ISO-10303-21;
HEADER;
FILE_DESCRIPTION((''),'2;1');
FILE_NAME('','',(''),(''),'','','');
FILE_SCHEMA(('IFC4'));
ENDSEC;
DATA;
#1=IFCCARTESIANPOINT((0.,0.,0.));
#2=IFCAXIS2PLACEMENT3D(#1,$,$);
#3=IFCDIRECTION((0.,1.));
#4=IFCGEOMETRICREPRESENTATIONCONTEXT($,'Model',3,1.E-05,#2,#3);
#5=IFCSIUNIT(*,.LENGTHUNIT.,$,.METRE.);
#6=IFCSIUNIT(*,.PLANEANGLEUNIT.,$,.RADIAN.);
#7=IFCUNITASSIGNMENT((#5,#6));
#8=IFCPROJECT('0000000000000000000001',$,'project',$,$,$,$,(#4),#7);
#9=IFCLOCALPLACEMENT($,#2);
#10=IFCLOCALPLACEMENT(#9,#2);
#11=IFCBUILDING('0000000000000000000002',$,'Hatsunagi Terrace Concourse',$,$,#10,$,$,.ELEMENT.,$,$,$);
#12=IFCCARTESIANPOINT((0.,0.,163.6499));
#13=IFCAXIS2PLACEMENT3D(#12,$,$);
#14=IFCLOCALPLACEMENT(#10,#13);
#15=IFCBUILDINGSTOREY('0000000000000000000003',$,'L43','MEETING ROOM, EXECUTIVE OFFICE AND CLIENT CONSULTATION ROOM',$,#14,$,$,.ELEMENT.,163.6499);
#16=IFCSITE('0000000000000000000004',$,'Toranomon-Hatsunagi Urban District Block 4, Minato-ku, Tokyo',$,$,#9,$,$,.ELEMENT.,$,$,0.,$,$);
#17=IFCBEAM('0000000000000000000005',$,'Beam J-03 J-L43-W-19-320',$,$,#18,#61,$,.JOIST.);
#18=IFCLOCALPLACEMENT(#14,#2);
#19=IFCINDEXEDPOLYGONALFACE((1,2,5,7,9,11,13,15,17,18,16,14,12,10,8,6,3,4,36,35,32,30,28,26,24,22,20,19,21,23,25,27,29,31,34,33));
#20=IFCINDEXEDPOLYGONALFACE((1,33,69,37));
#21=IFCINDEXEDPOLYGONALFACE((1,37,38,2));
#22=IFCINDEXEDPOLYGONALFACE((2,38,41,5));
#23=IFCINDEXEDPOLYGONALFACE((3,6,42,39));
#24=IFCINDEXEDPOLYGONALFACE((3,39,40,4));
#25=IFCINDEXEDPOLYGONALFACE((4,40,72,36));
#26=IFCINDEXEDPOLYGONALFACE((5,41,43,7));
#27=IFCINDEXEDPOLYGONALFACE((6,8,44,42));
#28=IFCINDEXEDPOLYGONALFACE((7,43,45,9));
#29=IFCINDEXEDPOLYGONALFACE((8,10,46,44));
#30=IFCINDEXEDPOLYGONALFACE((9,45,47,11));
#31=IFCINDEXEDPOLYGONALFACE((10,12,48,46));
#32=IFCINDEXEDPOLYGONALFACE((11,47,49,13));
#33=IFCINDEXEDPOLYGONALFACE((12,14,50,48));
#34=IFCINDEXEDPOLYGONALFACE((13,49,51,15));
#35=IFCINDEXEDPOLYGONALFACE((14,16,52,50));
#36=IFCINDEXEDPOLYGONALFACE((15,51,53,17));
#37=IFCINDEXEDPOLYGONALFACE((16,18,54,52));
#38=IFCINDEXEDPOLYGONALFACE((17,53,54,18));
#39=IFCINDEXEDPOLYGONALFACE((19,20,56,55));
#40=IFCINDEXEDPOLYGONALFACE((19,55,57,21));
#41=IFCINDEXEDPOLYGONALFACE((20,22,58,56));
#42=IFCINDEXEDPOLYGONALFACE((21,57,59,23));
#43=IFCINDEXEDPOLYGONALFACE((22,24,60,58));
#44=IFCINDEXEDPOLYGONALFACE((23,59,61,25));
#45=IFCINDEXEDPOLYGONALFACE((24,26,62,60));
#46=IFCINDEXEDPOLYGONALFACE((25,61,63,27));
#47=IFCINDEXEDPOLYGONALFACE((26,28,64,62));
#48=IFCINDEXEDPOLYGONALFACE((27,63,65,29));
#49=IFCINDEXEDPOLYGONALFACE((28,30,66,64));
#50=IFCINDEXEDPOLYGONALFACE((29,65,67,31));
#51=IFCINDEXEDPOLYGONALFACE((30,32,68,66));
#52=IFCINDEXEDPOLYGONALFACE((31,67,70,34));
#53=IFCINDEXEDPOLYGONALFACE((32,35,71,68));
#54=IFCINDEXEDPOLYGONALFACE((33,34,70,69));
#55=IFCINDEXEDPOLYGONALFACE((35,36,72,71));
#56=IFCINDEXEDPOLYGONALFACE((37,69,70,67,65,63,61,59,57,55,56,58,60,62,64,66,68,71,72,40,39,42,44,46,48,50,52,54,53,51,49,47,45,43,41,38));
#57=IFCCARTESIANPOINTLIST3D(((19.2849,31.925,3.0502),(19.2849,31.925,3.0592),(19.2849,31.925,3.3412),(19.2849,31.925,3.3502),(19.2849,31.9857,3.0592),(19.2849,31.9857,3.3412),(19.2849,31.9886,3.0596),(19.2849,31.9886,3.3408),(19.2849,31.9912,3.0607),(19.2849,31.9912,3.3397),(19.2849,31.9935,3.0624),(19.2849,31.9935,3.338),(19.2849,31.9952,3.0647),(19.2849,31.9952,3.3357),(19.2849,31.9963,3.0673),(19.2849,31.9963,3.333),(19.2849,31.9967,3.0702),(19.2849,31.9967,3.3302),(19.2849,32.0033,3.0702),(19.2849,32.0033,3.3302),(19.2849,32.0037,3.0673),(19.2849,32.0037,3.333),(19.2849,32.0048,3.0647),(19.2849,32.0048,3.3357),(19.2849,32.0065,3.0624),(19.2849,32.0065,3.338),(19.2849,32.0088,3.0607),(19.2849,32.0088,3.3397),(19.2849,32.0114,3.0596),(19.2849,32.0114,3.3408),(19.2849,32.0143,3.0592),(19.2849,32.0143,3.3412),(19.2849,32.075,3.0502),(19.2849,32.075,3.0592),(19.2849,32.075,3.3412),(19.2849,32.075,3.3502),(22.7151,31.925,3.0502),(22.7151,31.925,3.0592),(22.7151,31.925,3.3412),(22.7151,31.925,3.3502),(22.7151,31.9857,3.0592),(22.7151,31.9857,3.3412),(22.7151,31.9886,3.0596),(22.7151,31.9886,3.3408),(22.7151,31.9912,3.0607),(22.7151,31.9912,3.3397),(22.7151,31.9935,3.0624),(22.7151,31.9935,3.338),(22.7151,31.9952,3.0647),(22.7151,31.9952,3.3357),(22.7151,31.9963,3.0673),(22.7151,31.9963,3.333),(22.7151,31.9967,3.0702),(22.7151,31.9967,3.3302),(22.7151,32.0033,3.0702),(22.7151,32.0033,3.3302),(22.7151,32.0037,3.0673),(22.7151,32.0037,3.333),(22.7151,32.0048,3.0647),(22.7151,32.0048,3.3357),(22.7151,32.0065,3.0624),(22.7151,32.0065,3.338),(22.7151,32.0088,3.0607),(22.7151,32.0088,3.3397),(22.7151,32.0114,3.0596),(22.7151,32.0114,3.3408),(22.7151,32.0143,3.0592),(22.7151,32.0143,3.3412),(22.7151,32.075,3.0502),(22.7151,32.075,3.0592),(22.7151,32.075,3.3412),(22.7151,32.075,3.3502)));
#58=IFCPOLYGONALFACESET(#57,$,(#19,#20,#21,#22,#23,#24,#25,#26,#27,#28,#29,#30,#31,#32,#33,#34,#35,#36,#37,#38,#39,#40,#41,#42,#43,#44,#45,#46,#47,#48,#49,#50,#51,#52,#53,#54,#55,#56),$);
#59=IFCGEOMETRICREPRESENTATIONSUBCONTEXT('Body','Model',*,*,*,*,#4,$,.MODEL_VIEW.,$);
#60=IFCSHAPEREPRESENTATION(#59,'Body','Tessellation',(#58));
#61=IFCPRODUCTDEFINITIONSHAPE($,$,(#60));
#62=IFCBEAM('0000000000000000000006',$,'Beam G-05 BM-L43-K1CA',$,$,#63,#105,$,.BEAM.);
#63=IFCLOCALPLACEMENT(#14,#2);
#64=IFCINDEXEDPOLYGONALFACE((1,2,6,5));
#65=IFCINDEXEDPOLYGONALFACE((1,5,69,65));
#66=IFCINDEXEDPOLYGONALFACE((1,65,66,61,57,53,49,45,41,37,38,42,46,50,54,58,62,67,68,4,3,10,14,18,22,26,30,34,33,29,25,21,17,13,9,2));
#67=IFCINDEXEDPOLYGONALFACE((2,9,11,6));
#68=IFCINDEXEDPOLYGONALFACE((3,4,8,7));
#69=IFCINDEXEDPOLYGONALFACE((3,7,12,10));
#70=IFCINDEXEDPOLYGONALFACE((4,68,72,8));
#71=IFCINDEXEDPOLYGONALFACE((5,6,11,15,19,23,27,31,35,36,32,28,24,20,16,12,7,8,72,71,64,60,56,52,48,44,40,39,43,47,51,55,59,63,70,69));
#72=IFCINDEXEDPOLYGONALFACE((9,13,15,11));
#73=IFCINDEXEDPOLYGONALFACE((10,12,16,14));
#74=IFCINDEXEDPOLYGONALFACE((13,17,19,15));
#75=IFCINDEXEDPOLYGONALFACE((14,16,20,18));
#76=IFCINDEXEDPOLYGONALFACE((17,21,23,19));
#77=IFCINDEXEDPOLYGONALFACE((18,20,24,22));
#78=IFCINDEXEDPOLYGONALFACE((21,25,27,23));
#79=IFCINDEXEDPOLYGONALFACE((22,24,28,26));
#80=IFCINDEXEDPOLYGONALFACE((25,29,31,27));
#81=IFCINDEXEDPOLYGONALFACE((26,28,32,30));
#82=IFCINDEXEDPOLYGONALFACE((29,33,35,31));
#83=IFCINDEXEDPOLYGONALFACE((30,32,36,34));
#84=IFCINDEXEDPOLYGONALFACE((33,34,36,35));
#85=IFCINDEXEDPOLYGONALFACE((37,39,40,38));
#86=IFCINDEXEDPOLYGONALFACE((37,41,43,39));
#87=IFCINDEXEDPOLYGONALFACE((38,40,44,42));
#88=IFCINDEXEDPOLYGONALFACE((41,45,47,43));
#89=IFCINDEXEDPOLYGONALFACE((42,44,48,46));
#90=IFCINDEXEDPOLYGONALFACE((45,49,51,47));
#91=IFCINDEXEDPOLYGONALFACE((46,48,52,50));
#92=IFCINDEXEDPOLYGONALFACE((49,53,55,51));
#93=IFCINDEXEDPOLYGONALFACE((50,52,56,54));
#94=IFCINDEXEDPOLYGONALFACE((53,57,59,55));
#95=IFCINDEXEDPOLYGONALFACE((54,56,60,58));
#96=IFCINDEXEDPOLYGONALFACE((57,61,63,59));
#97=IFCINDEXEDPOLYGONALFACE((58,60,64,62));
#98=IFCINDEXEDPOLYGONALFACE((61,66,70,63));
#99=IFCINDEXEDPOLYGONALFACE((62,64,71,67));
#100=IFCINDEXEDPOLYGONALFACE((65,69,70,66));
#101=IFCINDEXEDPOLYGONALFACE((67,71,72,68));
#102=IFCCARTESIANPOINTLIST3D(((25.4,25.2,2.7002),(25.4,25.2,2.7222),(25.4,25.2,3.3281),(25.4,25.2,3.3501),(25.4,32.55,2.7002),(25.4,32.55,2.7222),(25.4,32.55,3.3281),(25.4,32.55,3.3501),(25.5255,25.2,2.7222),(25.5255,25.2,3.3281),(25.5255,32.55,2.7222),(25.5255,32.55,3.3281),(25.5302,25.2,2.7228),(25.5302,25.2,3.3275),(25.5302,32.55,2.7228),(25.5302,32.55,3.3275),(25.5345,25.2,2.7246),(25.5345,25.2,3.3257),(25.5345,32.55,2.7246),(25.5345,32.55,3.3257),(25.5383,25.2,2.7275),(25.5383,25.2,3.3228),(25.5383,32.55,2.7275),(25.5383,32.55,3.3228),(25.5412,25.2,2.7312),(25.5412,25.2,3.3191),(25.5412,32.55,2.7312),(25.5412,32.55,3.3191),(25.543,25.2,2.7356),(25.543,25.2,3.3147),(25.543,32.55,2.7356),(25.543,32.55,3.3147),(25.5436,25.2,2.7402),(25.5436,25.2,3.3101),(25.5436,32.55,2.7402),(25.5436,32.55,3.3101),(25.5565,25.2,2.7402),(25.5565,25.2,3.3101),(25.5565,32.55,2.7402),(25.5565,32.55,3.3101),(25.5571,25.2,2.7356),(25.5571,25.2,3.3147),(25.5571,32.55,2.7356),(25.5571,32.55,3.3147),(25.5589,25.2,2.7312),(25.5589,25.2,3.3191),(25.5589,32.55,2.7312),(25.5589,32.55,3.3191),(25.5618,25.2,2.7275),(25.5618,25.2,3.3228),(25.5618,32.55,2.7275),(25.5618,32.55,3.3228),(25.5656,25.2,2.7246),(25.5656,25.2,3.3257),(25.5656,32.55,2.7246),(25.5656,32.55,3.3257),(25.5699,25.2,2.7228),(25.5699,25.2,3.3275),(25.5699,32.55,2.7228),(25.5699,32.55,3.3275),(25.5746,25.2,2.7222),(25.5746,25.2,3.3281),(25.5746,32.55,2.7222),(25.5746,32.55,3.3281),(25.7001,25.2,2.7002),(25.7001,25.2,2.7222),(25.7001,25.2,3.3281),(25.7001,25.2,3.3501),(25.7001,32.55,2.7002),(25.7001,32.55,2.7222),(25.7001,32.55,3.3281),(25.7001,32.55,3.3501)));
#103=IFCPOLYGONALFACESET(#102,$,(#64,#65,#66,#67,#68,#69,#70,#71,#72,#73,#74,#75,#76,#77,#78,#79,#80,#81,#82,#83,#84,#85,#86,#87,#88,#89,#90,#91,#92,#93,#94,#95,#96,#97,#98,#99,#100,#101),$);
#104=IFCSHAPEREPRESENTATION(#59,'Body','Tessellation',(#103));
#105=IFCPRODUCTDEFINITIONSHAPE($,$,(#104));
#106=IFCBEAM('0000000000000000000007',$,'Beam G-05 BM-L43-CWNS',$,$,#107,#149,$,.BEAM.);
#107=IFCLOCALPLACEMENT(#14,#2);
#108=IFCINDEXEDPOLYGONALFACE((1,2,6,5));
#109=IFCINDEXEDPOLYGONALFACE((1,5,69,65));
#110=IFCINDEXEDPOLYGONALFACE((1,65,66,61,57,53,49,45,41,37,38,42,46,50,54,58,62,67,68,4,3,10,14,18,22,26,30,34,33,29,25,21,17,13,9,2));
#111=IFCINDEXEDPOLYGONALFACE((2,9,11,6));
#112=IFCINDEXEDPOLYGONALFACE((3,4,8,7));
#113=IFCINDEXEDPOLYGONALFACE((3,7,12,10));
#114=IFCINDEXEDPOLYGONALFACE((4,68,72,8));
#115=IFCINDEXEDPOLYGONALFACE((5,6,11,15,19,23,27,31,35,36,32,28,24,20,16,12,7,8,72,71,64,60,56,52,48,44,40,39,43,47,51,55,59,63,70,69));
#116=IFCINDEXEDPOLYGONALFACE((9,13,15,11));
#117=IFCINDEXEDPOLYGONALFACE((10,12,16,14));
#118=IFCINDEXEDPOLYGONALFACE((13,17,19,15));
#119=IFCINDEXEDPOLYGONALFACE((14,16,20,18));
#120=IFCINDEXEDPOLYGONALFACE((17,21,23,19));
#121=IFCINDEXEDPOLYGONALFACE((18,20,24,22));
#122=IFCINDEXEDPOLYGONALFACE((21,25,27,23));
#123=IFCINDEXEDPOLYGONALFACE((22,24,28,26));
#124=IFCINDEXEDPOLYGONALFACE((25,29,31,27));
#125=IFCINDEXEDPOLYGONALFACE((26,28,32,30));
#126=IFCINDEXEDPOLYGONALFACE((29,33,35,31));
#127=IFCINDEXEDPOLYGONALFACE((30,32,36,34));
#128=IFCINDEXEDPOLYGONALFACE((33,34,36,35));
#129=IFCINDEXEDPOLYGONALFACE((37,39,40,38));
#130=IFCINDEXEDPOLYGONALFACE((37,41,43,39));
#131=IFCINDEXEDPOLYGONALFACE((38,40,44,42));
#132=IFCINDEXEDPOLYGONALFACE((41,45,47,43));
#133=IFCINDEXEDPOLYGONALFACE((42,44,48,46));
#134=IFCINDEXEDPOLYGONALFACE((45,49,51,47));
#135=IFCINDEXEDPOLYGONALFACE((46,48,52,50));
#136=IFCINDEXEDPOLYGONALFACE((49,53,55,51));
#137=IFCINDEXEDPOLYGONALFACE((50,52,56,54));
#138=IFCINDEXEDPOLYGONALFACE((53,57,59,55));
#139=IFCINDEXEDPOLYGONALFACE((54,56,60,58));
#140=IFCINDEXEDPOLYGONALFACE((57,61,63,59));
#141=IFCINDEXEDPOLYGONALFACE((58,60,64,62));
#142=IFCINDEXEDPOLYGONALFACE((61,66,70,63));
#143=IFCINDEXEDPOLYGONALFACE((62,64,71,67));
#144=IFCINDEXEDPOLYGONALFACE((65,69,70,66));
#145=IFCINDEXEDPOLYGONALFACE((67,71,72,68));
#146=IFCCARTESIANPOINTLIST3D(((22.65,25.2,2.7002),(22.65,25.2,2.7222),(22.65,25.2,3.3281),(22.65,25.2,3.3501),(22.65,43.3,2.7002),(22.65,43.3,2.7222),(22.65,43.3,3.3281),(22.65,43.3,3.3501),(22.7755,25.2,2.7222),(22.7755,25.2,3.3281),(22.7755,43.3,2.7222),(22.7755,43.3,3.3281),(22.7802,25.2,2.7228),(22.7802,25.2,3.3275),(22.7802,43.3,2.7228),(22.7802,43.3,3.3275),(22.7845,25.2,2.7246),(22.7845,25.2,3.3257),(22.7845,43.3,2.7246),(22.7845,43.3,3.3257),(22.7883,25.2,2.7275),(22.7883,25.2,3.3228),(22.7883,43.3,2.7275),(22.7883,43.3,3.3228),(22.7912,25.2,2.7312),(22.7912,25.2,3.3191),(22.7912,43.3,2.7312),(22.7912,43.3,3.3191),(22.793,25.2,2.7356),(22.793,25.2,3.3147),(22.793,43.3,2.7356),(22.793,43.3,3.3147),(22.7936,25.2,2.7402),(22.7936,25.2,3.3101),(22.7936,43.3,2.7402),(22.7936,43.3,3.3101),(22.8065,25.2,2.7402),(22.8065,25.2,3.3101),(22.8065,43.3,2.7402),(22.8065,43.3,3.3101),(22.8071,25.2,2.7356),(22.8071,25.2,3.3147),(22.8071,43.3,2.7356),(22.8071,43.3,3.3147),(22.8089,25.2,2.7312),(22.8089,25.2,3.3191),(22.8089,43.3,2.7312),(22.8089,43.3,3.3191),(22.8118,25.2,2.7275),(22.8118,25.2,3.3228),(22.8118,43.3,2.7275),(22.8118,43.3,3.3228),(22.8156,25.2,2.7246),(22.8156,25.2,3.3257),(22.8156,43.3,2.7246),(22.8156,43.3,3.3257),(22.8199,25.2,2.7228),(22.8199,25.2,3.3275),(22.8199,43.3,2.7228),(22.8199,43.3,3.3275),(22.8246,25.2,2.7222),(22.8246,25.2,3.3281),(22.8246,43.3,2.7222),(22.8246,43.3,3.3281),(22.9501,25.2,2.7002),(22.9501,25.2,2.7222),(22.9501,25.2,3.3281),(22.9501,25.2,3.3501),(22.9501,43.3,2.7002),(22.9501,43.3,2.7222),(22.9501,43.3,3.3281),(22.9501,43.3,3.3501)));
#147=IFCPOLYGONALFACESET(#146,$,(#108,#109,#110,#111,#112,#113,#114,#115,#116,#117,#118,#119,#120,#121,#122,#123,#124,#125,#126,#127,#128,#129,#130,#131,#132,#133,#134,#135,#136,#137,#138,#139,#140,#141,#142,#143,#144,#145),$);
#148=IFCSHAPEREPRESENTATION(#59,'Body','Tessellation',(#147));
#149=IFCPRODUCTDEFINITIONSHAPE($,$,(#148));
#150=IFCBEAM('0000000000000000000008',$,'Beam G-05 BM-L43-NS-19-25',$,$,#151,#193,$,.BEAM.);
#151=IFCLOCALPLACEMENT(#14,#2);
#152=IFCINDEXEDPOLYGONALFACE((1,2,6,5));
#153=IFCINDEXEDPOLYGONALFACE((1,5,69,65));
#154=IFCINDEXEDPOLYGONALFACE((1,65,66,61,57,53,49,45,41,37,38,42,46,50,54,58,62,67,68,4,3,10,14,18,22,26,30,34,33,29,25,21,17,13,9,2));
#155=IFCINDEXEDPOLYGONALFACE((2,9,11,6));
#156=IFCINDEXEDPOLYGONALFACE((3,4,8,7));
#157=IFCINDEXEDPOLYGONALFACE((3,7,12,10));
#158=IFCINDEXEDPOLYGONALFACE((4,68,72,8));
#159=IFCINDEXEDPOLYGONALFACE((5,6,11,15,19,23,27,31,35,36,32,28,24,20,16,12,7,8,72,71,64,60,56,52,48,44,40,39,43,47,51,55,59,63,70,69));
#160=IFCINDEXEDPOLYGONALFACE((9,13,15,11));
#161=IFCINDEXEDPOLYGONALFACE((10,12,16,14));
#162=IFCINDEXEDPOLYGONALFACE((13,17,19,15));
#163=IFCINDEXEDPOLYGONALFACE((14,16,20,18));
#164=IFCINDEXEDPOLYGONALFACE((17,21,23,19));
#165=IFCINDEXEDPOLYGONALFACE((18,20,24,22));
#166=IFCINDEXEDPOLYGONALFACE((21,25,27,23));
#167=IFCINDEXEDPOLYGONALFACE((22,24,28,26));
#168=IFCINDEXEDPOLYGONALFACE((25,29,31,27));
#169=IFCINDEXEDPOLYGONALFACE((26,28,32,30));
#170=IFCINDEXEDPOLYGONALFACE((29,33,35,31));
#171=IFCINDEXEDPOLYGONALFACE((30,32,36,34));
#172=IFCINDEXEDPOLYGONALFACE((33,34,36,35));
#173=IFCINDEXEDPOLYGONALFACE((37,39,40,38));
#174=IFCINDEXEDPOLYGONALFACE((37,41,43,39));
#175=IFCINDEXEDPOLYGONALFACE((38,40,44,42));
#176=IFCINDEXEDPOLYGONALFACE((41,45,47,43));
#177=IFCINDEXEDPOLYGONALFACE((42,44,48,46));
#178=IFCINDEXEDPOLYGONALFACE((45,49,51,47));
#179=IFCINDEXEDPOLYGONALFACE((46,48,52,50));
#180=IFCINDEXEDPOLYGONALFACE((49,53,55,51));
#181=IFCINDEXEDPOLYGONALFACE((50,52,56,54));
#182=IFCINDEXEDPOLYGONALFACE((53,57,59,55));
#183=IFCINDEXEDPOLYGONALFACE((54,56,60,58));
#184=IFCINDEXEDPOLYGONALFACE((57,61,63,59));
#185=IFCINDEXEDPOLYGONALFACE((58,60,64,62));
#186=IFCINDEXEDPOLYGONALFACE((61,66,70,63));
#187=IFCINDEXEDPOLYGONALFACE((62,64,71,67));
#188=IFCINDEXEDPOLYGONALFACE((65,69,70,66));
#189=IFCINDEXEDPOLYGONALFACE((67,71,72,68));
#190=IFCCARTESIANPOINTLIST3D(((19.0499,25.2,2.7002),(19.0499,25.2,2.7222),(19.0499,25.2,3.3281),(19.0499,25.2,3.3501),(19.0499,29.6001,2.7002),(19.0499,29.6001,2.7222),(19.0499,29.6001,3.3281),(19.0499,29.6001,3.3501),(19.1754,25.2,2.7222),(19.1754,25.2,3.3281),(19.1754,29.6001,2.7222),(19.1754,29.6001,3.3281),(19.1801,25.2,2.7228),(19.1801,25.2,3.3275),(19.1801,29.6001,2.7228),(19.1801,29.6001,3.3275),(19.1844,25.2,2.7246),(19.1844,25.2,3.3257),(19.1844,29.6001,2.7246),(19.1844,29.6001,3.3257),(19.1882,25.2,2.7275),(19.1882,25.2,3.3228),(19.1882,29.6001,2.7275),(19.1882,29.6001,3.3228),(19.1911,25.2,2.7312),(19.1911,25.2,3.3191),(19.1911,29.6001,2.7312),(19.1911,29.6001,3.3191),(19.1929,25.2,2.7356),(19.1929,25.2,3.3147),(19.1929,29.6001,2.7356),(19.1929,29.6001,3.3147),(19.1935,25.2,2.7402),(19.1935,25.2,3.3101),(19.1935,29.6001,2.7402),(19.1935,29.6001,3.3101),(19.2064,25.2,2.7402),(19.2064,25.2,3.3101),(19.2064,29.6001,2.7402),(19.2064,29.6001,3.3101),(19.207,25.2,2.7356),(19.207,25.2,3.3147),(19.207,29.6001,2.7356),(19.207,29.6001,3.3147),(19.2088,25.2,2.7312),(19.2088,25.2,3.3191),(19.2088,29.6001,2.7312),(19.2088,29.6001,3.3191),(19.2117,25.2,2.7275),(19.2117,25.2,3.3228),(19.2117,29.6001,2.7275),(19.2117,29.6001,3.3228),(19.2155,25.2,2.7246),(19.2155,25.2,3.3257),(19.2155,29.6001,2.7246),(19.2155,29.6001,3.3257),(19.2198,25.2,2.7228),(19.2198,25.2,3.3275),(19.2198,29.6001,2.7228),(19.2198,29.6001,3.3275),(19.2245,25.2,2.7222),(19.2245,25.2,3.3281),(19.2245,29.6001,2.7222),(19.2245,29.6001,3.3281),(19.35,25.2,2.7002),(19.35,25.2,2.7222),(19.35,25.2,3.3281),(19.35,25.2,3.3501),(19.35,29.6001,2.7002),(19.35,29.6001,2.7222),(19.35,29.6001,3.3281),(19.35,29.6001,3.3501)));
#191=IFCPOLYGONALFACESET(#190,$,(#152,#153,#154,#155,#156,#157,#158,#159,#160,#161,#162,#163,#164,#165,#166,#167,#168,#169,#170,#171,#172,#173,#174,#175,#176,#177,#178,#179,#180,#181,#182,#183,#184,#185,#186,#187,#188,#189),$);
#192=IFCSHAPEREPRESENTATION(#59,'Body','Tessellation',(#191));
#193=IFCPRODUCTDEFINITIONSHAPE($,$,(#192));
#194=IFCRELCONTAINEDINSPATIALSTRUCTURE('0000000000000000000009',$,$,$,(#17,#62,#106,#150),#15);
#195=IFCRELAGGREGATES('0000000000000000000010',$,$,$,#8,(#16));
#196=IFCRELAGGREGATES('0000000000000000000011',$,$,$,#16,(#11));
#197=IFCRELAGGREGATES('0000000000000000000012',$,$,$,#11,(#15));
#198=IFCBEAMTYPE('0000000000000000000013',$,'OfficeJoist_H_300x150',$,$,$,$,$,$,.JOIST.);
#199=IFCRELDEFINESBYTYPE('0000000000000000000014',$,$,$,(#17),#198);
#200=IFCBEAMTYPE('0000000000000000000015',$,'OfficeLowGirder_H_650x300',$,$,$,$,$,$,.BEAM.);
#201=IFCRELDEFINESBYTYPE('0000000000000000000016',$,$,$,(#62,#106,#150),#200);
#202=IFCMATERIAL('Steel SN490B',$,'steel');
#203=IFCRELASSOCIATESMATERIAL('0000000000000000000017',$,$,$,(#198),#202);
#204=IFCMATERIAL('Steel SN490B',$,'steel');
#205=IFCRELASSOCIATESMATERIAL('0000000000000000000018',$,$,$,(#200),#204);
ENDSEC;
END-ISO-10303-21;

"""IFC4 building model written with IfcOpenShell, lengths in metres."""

from ifc_helpers import new_model, si_unit, direction, frame, origin, origin_2d, place, context, subcontext, project, spatial, i_section, extrude, material, material_profile, profile_set, type_object, element, save


model = new_model("IFC4")

# Units and contexts
model_context = context("Model", 3, precision=1e-05, world=origin(), true_north=direction((0.0, 1.0)))
body_context = subcontext(model_context, "Body", "Model", "MODEL_VIEW")
ifc_project = project(units=[si_unit("LENGTHUNIT", "METRE"), si_unit("PLANEANGLEUNIT", "RADIAN")], contexts=[model_context])

# Site, building, storey
site_placement = place(None, origin())
site = spatial("IfcSite", under=ifc_project, at=site_placement, Name="Toranomon-Hatsunagi Urban District Block 4, Minato-ku, Tokyo", CompositionType="ELEMENT", RefElevation=0.0)
building_placement = place(site_placement, origin())
building = spatial("IfcBuilding", under=site, at=building_placement, Name="Hatsunagi Terrace Concourse", CompositionType="ELEMENT")
storey_placement = place(building_placement, frame((0.0, 0.0, 163.6499)))
storey = spatial("IfcBuildingStorey", under=building, at=storey_placement, Name="L43", Description="MEETING ROOM, EXECUTIVE OFFICE AND CLIENT CONSULTATION ROOM", CompositionType="ELEMENT", Elevation=163.6499)

# Beams
ifc_material_1 = material(Name="Steel SN490B", Category="steel")
ifc_material_profile_1 = material_profile(ifc_material_1, i_section(OverallWidth=0.1499, OverallDepth=0.3, WebThickness=0.0066, FlangeThickness=0.009, FilletRadius=0.011, at=origin_2d()), Name="H-300x150x6.5x9")
ifc_profile_set_1 = profile_set([ifc_material_profile_1], Name="Steel SN490B")
beam_type_1 = type_object("IfcBeamType", Name="OfficeJoist_H_300x150", PredefinedType="JOIST", material=ifc_profile_set_1)
for number, where, z_axis, x_axis, name in (
    (1, (19.2849, 32.0, 3.2002), (1.0, 0.0, 0.0), (0.0, 1.0, 0.0), "Beam J-03 J-L43-W-19-320"),
):
    element("IfcBeam", number, at=place(storey_placement, frame(where, z_axis=z_axis, x_axis=x_axis)), inside=storey, type_object=beam_type_1, Name=name, PredefinedType="JOIST", context=body_context, shape_type="SweptSolid", body=[
        extrude(i_section(OverallWidth=0.1499, OverallDepth=0.3, WebThickness=0.0066, FlangeThickness=0.009, FilletRadius=0.011, at=origin_2d()), origin(), (0.0, 0.0, 1.0), 3.4302),
    ])
ifc_material_2 = material(Name="Steel SN490B", Category="steel")
ifc_material_profile_2 = material_profile(ifc_material_2, i_section(OverallWidth=0.3, OverallDepth=0.6499, WebThickness=0.0129, FlangeThickness=0.022, FilletRadius=0.0181, at=origin_2d()), Name="H-650x300x13x22")
ifc_profile_set_2 = profile_set([ifc_material_profile_2], Name="Steel SN490B")
beam_type_2 = type_object("IfcBeamType", Name="OfficeLowGirder_H_650x300", PredefinedType="BEAM", material=ifc_profile_set_2)
beam_1_placement = place(storey_placement, frame((25.55, 25.2, 3.0251), z_axis=(0.0, 1.0, 0.0), x_axis=(-1.0, 0.0, 0.0)))
element("IfcBeam", 2, at=beam_1_placement, inside=storey, type_object=beam_type_2, Name="Beam G-05 BM-L43-K1CA", PredefinedType="BEAM", context=body_context, shape_type="SweptSolid", body=[
    extrude(i_section(OverallWidth=0.3, OverallDepth=0.6499, WebThickness=0.0129, FlangeThickness=0.022, FilletRadius=0.0181, at=origin_2d()), origin(), (0.0, 0.0, 1.0), 7.3501),
])
beam_2_placement = place(storey_placement, frame((22.8, 25.2, 3.0251), z_axis=(0.0, 1.0, 0.0), x_axis=(-1.0, 0.0, 0.0)))
element("IfcBeam", 3, at=beam_2_placement, inside=storey, type_object=beam_type_2, Name="Beam G-05 BM-L43-CWNS", PredefinedType="BEAM", context=body_context, shape_type="SweptSolid", body=[
    extrude(i_section(OverallWidth=0.3, OverallDepth=0.6499, WebThickness=0.0129, FlangeThickness=0.022, FilletRadius=0.0181, at=origin_2d()), origin(), (0.0, 0.0, 1.0), 18.1001),
])
beam_3_placement = place(storey_placement, frame((19.2, 25.2, 3.0251), z_axis=(0.0, 1.0, 0.0), x_axis=(-1.0, 0.0, 0.0)))
element("IfcBeam", 4, at=beam_3_placement, inside=storey, type_object=beam_type_2, Name="Beam G-05 BM-L43-NS-19-25", PredefinedType="BEAM", context=body_context, shape_type="SweptSolid", body=[
    extrude(i_section(OverallWidth=0.3, OverallDepth=0.6499, WebThickness=0.0129, FlangeThickness=0.022, FilletRadius=0.0181, at=origin_2d()), origin(), (0.0, 0.0, 1.0), 4.4001),
])

save(model, "model.ifc")
